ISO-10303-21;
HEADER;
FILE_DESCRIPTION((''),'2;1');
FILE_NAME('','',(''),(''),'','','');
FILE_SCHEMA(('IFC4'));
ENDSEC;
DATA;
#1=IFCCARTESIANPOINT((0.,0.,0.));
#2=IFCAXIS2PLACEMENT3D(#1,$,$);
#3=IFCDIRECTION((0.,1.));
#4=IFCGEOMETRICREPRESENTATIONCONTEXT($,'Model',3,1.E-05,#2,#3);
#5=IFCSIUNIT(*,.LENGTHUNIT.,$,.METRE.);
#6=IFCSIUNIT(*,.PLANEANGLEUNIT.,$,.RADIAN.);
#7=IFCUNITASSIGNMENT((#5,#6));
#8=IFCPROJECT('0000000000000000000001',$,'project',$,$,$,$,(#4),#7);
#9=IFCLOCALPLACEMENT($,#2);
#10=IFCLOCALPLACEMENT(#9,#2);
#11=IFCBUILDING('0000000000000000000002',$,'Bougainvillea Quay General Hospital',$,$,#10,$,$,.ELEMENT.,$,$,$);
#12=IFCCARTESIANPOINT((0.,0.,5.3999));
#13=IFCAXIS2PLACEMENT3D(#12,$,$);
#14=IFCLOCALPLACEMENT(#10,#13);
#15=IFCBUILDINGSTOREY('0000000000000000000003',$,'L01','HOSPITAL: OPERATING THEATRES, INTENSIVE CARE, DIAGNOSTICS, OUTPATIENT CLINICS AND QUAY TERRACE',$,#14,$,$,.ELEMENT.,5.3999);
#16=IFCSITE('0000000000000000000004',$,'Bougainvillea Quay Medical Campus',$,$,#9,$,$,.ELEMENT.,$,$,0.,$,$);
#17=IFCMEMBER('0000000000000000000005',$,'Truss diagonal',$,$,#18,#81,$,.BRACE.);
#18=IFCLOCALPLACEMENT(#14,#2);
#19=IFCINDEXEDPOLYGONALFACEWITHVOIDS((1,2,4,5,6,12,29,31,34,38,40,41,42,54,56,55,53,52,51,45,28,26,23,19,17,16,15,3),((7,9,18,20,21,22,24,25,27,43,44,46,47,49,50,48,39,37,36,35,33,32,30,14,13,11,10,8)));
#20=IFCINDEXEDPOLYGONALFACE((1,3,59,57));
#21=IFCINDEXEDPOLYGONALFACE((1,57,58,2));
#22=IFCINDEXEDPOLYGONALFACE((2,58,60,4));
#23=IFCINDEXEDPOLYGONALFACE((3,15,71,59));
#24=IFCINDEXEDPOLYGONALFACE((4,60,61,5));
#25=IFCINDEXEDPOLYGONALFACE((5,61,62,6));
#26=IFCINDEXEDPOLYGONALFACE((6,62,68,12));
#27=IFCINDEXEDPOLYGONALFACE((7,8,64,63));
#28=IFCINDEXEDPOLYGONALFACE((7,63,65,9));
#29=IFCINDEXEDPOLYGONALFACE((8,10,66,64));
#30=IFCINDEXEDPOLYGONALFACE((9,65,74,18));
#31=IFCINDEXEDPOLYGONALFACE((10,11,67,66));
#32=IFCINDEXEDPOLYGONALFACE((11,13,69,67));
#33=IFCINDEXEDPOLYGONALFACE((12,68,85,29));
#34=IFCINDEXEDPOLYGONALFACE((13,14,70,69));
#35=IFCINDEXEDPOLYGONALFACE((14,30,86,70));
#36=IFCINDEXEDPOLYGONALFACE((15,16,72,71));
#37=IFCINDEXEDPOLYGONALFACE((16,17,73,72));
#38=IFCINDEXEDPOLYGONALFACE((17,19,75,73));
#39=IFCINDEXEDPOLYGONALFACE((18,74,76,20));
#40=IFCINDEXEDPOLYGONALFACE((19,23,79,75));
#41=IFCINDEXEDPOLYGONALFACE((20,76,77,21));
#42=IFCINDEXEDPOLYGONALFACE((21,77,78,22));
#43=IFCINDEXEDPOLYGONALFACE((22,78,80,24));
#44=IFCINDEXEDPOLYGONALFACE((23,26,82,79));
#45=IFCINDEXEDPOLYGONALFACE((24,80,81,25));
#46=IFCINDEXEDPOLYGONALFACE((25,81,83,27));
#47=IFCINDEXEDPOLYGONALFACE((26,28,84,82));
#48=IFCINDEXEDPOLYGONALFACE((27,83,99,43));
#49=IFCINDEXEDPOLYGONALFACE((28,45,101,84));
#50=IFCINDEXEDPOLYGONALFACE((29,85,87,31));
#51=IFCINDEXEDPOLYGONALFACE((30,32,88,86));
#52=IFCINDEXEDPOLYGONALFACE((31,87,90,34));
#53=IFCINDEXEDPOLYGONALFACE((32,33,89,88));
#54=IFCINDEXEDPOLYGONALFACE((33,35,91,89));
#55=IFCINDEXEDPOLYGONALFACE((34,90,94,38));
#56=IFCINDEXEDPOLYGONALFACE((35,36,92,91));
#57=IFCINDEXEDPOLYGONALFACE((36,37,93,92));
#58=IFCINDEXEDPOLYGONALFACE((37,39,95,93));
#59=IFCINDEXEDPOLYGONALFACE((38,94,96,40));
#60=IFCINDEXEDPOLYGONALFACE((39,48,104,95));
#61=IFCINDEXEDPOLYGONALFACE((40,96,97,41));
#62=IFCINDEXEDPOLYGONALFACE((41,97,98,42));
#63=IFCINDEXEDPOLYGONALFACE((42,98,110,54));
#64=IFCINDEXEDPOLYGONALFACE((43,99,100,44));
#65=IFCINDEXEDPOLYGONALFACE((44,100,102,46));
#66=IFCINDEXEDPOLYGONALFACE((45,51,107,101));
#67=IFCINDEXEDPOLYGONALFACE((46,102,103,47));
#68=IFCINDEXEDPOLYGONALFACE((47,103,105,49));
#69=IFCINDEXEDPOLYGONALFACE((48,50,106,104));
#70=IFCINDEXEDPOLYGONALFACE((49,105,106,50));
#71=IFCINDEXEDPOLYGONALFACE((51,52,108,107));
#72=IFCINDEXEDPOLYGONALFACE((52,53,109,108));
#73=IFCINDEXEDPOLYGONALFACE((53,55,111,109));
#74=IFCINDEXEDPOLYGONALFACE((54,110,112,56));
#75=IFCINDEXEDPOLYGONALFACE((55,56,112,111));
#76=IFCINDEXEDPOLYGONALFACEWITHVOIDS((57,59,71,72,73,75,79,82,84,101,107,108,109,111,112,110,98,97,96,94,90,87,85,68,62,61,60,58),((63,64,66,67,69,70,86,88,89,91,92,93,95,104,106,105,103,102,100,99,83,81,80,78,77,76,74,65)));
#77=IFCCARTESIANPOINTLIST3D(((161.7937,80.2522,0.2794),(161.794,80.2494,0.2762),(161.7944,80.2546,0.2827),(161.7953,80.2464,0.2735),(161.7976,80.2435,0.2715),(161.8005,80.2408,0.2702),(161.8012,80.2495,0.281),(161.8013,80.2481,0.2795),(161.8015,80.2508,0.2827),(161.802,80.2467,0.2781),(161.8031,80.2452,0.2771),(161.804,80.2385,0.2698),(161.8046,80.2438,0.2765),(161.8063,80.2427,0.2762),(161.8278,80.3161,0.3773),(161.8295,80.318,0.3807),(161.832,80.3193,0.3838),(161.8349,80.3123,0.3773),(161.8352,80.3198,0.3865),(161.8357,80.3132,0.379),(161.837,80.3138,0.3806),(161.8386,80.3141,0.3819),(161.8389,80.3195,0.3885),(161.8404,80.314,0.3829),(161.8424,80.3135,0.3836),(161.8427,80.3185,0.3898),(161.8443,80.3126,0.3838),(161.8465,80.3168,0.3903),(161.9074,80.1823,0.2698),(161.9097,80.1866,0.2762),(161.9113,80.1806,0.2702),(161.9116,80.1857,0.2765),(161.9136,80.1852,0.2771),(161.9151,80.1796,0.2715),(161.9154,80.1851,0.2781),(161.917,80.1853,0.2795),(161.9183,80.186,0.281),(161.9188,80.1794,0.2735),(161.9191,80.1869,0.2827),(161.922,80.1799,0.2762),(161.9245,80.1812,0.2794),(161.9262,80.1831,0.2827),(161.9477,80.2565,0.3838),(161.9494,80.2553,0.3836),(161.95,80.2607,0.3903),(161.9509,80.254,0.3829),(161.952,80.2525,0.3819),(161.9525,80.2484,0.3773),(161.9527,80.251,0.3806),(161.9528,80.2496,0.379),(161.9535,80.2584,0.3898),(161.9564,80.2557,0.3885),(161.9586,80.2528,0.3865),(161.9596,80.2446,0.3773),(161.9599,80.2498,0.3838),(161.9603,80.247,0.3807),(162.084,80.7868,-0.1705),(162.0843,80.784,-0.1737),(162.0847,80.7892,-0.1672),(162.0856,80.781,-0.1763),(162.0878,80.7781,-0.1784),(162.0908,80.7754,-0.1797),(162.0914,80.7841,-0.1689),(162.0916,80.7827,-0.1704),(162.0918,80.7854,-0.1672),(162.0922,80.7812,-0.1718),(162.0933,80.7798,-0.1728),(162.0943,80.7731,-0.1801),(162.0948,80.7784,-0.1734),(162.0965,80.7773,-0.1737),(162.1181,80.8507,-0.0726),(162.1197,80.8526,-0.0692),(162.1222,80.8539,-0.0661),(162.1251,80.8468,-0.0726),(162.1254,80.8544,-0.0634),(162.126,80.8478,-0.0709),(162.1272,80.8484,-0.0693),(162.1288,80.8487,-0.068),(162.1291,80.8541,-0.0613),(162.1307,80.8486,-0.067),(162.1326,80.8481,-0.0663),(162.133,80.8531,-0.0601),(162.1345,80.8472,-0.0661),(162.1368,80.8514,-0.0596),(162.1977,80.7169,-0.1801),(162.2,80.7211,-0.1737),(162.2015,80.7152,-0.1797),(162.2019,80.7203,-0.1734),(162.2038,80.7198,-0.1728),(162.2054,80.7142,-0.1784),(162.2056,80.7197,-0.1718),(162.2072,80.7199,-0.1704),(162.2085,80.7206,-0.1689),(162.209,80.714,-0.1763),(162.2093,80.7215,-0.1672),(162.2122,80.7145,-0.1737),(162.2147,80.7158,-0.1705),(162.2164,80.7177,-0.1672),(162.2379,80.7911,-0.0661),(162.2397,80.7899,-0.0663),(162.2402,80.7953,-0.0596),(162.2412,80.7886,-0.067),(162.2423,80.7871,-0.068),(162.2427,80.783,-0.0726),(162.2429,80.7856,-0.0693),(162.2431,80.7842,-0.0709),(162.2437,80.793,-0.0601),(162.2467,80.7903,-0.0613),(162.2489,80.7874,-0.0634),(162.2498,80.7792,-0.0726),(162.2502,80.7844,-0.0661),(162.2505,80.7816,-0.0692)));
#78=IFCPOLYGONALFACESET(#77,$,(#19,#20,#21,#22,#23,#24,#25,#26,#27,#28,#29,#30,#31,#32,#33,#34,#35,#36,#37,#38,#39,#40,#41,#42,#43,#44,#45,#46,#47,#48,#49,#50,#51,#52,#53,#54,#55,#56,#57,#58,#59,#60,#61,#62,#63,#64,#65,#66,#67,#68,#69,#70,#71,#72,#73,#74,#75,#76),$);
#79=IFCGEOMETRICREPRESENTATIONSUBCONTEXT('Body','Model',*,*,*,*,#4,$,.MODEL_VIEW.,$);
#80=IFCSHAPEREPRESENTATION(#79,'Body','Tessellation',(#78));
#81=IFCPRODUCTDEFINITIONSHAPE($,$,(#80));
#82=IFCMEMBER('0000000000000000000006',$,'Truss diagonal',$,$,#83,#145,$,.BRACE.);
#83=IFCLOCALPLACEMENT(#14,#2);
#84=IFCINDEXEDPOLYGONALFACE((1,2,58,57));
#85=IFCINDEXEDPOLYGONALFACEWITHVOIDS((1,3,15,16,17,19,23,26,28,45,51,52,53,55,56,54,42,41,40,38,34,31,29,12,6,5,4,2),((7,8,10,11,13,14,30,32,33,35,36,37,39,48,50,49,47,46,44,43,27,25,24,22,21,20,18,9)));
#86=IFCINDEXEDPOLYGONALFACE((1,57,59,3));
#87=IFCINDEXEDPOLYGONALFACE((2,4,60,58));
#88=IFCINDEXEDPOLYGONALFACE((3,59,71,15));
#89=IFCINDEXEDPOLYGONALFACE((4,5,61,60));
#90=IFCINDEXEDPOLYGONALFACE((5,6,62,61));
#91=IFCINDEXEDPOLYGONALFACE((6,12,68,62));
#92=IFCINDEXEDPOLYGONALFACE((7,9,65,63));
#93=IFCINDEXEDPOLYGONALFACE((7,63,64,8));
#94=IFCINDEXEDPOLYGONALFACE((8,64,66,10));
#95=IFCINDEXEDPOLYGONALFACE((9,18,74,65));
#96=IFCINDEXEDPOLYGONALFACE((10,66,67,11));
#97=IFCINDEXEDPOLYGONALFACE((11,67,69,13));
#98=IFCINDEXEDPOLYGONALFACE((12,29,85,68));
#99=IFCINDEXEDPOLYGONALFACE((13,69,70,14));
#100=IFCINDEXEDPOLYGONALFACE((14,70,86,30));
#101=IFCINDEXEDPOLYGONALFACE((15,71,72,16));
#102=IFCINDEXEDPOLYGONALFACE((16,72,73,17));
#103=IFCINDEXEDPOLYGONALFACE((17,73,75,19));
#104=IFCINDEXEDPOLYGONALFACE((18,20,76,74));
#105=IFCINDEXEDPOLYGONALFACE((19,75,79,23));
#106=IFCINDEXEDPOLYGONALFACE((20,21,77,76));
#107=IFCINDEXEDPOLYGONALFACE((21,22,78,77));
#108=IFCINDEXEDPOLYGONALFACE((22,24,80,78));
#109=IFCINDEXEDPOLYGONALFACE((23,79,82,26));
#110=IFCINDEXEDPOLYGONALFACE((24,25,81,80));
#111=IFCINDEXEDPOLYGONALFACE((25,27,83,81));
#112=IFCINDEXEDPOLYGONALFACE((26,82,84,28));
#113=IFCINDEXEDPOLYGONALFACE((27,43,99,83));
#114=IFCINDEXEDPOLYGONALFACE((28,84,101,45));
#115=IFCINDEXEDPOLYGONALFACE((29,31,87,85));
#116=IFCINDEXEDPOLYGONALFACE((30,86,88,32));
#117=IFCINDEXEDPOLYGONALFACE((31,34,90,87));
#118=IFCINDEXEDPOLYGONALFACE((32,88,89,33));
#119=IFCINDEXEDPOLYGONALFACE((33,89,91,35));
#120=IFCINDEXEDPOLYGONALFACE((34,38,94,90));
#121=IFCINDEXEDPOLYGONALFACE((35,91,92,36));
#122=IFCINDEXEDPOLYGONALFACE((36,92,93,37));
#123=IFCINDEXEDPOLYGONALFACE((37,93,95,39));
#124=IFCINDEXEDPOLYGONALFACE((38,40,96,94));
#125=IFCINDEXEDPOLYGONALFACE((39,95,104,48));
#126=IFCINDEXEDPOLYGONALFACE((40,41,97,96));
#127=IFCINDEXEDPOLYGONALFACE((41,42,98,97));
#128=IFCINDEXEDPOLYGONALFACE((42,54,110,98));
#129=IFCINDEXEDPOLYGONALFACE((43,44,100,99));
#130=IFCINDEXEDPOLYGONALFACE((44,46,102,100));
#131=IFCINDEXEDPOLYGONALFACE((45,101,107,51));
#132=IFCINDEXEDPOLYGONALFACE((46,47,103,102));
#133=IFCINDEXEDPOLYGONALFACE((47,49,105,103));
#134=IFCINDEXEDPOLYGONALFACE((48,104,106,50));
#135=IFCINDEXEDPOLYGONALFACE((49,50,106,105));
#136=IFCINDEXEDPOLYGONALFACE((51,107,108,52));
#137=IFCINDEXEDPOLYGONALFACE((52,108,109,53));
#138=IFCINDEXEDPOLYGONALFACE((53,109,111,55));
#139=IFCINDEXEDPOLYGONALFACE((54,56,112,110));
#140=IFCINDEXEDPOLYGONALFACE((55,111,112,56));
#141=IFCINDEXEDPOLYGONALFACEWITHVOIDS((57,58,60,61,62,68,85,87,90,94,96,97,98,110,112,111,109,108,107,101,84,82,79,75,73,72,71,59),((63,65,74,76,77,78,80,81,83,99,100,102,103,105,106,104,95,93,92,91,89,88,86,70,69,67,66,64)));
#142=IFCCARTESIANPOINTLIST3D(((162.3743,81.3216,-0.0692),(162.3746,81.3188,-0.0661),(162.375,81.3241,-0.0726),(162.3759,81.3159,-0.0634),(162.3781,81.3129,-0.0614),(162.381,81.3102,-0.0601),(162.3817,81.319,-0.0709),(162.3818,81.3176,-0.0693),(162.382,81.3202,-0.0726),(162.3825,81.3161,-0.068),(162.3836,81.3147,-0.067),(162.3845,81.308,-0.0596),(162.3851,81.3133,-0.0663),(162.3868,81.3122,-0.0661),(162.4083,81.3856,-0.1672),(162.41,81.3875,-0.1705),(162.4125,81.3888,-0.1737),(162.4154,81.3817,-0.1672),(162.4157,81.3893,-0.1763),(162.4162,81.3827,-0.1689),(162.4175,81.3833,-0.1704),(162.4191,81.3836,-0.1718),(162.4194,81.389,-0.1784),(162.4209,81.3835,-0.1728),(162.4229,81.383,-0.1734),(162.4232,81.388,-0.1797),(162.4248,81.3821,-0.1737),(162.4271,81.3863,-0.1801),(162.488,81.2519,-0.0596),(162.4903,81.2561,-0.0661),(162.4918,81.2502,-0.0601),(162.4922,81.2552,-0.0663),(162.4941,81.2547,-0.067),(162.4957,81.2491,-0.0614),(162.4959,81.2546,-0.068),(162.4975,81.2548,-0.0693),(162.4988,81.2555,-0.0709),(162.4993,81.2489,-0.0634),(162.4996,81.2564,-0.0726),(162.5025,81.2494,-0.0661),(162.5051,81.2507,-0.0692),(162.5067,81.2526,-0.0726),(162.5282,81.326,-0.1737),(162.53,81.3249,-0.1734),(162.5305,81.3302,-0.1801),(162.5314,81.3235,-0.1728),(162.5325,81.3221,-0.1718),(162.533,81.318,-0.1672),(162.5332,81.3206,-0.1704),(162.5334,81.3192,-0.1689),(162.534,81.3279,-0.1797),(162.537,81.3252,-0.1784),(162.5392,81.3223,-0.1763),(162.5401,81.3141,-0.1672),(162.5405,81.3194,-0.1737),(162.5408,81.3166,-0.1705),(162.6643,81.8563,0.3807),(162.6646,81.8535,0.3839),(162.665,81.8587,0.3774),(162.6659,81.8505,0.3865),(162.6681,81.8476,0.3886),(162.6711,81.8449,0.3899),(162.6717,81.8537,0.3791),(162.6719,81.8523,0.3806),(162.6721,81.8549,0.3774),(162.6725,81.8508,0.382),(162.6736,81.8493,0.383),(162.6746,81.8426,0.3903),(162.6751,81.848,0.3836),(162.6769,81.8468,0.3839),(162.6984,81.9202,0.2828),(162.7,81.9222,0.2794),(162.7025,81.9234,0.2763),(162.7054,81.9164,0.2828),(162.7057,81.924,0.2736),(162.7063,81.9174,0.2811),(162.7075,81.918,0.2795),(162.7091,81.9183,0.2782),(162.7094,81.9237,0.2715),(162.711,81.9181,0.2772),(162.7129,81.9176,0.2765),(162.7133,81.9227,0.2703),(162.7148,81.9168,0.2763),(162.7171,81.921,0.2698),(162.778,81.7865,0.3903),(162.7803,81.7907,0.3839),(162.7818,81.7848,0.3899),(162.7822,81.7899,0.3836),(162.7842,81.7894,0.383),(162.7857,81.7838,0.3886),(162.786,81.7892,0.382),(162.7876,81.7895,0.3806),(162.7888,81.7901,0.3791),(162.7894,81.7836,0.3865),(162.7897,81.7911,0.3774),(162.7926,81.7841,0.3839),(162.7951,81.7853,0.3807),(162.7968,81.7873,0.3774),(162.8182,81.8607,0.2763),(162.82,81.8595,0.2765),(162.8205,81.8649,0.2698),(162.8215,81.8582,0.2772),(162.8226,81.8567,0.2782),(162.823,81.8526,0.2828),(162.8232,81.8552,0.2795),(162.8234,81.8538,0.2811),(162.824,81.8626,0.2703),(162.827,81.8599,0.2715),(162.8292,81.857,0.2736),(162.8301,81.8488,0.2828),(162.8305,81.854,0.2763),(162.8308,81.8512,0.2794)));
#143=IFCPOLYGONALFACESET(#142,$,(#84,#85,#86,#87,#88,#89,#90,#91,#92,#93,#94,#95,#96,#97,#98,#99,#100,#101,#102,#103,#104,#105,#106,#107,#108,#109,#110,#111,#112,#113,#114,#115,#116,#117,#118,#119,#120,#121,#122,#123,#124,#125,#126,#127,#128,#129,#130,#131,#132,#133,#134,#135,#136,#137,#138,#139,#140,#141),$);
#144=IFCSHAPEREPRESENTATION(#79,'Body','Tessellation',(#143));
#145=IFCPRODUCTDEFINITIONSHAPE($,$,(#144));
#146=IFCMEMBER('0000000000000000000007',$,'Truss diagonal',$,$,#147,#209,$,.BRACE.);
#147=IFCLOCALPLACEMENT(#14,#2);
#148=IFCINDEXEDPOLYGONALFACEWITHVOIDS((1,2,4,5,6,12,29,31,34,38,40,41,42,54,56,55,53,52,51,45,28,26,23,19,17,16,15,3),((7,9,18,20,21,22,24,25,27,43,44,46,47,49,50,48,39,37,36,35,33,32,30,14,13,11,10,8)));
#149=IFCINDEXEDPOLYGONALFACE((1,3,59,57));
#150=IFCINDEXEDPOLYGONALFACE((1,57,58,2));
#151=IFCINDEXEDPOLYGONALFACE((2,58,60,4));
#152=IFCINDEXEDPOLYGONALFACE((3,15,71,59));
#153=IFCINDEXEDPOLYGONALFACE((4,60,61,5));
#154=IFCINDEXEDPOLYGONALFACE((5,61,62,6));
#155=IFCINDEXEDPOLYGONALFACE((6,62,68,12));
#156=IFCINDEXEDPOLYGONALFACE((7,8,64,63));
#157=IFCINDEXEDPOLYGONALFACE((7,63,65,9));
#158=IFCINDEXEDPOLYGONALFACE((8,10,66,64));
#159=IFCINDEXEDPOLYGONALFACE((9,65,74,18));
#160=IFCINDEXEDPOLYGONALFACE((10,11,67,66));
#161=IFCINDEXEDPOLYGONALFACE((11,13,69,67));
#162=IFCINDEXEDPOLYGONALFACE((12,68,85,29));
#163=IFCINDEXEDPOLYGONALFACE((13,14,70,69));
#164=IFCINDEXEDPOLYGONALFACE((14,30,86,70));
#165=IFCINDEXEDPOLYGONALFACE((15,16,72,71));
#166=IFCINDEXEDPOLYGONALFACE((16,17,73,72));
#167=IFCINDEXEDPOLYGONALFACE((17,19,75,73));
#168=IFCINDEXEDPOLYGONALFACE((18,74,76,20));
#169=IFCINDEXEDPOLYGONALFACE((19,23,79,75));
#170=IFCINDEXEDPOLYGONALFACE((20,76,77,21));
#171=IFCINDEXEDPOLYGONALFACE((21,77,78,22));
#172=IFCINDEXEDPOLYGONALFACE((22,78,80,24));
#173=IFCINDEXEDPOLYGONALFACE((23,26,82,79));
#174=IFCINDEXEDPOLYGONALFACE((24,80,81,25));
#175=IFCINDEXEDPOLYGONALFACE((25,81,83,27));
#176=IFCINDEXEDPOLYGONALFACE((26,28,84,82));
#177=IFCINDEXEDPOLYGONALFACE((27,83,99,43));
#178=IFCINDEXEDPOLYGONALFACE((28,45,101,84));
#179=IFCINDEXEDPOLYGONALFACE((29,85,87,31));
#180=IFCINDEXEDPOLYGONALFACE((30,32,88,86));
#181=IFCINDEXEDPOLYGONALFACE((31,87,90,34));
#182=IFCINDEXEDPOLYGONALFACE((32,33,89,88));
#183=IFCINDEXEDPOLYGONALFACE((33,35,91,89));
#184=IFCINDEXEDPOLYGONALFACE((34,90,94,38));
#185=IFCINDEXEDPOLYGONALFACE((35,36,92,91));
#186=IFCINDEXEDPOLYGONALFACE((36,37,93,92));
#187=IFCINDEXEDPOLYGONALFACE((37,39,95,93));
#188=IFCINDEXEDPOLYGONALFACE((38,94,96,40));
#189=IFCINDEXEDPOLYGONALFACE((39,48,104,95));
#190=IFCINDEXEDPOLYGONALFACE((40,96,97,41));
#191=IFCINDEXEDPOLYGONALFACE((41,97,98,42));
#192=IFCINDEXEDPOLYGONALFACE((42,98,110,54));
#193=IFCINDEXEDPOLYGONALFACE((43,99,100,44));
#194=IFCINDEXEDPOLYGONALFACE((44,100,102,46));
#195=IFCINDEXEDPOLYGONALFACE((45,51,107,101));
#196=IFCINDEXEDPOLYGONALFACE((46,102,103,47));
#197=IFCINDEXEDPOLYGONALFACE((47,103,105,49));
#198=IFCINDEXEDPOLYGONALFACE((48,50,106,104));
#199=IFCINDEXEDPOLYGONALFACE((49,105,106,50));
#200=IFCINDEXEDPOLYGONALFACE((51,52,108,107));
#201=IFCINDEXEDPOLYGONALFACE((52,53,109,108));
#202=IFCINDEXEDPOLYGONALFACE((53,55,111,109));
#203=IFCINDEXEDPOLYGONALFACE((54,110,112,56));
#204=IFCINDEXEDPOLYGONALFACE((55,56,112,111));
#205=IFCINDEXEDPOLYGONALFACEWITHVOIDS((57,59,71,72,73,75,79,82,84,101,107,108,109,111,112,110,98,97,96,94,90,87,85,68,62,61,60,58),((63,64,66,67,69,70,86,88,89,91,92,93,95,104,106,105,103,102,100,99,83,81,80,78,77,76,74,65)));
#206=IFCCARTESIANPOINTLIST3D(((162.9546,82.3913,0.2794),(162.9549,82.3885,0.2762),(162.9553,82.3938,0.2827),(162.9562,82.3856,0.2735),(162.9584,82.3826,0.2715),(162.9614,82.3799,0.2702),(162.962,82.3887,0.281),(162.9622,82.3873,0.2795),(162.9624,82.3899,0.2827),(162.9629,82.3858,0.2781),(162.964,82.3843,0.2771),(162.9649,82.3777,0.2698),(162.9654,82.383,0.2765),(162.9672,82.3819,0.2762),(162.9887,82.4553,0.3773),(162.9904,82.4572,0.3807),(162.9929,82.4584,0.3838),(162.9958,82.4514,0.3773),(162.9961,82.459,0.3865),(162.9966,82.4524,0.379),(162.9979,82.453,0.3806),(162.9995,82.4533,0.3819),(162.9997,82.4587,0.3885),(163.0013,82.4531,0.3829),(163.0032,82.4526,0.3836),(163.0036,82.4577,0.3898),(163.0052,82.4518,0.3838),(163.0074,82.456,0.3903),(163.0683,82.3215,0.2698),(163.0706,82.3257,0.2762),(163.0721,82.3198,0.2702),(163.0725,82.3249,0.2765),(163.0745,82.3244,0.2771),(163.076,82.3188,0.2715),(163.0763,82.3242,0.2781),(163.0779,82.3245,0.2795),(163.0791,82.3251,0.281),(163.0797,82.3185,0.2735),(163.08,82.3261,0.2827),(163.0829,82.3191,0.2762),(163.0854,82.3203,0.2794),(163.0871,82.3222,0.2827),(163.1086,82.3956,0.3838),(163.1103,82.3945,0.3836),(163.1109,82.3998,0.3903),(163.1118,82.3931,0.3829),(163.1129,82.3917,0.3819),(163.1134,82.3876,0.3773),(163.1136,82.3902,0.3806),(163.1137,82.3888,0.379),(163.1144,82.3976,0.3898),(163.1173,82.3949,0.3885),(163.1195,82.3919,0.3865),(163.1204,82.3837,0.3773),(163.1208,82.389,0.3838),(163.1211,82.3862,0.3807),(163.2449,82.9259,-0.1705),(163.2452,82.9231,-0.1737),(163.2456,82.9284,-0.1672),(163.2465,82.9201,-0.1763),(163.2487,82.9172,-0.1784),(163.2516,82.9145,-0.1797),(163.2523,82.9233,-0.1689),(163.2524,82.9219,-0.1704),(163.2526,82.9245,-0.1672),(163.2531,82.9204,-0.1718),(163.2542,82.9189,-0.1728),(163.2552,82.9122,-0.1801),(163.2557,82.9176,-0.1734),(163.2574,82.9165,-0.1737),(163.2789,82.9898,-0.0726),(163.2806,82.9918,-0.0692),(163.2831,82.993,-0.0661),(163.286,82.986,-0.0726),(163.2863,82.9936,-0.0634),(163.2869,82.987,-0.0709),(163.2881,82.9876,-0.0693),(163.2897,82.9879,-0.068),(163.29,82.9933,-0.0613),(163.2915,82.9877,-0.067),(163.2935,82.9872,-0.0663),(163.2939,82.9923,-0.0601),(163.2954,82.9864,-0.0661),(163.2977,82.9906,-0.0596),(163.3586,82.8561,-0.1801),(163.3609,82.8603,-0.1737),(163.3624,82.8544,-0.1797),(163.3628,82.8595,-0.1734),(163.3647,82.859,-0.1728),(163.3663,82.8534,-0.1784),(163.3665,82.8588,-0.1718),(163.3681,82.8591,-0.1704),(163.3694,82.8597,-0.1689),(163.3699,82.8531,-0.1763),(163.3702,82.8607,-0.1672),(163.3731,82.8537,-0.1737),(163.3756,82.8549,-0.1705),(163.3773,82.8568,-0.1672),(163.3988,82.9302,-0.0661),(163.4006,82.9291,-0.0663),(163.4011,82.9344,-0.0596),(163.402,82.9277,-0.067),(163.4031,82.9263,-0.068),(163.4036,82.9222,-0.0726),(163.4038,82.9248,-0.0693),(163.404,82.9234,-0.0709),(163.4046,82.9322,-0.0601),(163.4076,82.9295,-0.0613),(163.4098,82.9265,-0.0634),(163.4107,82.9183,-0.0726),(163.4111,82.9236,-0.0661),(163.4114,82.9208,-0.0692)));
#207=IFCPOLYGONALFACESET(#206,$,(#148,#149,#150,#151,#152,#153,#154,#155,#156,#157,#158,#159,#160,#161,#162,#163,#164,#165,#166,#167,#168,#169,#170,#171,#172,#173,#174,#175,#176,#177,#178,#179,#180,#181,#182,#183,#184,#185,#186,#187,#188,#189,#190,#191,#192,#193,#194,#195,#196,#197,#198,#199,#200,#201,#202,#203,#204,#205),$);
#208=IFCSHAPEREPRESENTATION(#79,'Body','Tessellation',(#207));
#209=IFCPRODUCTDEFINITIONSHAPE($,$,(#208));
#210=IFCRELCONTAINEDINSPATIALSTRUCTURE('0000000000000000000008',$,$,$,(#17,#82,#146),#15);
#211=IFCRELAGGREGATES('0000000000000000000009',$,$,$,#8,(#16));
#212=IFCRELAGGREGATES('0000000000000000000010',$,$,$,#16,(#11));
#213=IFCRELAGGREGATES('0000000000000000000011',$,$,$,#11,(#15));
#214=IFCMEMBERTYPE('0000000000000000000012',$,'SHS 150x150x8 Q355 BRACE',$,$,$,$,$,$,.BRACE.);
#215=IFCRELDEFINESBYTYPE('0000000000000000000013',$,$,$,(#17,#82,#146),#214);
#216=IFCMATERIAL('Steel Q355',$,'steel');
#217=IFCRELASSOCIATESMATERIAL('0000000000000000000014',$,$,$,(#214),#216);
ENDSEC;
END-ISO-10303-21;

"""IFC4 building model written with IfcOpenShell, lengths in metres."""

from ifc_helpers import new_model, si_unit, direction, frame, origin, origin_2d, place, context, subcontext, project, spatial, hollow_rectangle, extrude, material, material_profile, profile_set, type_object, element, save


model = new_model("IFC4")

# Units and contexts
model_context = context("Model", 3, precision=1e-05, world=origin(), true_north=direction((0.0, 1.0)))
body_context = subcontext(model_context, "Body", "Model", "MODEL_VIEW")
ifc_project = project(units=[si_unit("LENGTHUNIT", "METRE"), si_unit("PLANEANGLEUNIT", "RADIAN")], contexts=[model_context])

# Site, building, storey
site_placement = place(None, origin())
site = spatial("IfcSite", under=ifc_project, at=site_placement, Name="Bougainvillea Quay Medical Campus", CompositionType="ELEMENT", RefElevation=0.0)
building_placement = place(site_placement, origin())
building = spatial("IfcBuilding", under=site, at=building_placement, Name="Bougainvillea Quay General Hospital", CompositionType="ELEMENT")
storey_placement = place(building_placement, frame((0.0, 0.0, 5.3999)))
storey = spatial("IfcBuildingStorey", under=building, at=storey_placement, Name="L01", Description="HOSPITAL: OPERATING THEATRES, INTENSIVE CARE, DIAGNOSTICS, OUTPATIENT CLINICS AND QUAY TERRACE", CompositionType="ELEMENT", Elevation=5.3999)

# Members
ifc_material_1 = material(Name="Steel Q355", Category="steel")
ifc_material_profile_1 = material_profile(ifc_material_1, hollow_rectangle(XDim=0.1499, YDim=0.1499, WallThickness=0.0081, InnerFilletRadius=0.0081, OuterFilletRadius=0.0161, at=origin_2d()))
ifc_profile_set_1 = profile_set([ifc_material_profile_1], Name="Steel Q355")
member_type_1 = type_object("IfcMemberType", Name="SHS 150x150x8 Q355 BRACE", PredefinedType="BRACE", material=ifc_profile_set_1)
for number, where, z_axis, x_axis, name in (
    (1, (162.1672, 80.7842, -0.1199), (-0.383619, -0.706581, 0.594625), (0.878829, -0.477136, 0.0), "Truss diagonal"),
    (2, (162.4575, 81.3191, -0.1199), (0.383344, 0.706669, 0.594699), (-0.878998, 0.476826, 0.0), "Truss diagonal"),
    (3, (163.3281, 82.9233, -0.1199), (-0.383619, -0.706581, 0.594625), (0.878829, -0.477136, 0.0), "Truss diagonal"),
):
    element("IfcMember", number, at=place(storey_placement, frame(where, z_axis=z_axis, x_axis=x_axis)), inside=storey, type_object=member_type_1, Name=name, PredefinedType="BRACE", context=body_context, shape_type="SweptSolid", body=[
        extrude(hollow_rectangle(XDim=0.1499, YDim=0.1499, WallThickness=0.0081, InnerFilletRadius=0.0081, OuterFilletRadius=0.0161, at=origin_2d()), origin(), (0.0, 0.0, 1.0), 0.7566),
    ])

save(model, "model.ifc")
